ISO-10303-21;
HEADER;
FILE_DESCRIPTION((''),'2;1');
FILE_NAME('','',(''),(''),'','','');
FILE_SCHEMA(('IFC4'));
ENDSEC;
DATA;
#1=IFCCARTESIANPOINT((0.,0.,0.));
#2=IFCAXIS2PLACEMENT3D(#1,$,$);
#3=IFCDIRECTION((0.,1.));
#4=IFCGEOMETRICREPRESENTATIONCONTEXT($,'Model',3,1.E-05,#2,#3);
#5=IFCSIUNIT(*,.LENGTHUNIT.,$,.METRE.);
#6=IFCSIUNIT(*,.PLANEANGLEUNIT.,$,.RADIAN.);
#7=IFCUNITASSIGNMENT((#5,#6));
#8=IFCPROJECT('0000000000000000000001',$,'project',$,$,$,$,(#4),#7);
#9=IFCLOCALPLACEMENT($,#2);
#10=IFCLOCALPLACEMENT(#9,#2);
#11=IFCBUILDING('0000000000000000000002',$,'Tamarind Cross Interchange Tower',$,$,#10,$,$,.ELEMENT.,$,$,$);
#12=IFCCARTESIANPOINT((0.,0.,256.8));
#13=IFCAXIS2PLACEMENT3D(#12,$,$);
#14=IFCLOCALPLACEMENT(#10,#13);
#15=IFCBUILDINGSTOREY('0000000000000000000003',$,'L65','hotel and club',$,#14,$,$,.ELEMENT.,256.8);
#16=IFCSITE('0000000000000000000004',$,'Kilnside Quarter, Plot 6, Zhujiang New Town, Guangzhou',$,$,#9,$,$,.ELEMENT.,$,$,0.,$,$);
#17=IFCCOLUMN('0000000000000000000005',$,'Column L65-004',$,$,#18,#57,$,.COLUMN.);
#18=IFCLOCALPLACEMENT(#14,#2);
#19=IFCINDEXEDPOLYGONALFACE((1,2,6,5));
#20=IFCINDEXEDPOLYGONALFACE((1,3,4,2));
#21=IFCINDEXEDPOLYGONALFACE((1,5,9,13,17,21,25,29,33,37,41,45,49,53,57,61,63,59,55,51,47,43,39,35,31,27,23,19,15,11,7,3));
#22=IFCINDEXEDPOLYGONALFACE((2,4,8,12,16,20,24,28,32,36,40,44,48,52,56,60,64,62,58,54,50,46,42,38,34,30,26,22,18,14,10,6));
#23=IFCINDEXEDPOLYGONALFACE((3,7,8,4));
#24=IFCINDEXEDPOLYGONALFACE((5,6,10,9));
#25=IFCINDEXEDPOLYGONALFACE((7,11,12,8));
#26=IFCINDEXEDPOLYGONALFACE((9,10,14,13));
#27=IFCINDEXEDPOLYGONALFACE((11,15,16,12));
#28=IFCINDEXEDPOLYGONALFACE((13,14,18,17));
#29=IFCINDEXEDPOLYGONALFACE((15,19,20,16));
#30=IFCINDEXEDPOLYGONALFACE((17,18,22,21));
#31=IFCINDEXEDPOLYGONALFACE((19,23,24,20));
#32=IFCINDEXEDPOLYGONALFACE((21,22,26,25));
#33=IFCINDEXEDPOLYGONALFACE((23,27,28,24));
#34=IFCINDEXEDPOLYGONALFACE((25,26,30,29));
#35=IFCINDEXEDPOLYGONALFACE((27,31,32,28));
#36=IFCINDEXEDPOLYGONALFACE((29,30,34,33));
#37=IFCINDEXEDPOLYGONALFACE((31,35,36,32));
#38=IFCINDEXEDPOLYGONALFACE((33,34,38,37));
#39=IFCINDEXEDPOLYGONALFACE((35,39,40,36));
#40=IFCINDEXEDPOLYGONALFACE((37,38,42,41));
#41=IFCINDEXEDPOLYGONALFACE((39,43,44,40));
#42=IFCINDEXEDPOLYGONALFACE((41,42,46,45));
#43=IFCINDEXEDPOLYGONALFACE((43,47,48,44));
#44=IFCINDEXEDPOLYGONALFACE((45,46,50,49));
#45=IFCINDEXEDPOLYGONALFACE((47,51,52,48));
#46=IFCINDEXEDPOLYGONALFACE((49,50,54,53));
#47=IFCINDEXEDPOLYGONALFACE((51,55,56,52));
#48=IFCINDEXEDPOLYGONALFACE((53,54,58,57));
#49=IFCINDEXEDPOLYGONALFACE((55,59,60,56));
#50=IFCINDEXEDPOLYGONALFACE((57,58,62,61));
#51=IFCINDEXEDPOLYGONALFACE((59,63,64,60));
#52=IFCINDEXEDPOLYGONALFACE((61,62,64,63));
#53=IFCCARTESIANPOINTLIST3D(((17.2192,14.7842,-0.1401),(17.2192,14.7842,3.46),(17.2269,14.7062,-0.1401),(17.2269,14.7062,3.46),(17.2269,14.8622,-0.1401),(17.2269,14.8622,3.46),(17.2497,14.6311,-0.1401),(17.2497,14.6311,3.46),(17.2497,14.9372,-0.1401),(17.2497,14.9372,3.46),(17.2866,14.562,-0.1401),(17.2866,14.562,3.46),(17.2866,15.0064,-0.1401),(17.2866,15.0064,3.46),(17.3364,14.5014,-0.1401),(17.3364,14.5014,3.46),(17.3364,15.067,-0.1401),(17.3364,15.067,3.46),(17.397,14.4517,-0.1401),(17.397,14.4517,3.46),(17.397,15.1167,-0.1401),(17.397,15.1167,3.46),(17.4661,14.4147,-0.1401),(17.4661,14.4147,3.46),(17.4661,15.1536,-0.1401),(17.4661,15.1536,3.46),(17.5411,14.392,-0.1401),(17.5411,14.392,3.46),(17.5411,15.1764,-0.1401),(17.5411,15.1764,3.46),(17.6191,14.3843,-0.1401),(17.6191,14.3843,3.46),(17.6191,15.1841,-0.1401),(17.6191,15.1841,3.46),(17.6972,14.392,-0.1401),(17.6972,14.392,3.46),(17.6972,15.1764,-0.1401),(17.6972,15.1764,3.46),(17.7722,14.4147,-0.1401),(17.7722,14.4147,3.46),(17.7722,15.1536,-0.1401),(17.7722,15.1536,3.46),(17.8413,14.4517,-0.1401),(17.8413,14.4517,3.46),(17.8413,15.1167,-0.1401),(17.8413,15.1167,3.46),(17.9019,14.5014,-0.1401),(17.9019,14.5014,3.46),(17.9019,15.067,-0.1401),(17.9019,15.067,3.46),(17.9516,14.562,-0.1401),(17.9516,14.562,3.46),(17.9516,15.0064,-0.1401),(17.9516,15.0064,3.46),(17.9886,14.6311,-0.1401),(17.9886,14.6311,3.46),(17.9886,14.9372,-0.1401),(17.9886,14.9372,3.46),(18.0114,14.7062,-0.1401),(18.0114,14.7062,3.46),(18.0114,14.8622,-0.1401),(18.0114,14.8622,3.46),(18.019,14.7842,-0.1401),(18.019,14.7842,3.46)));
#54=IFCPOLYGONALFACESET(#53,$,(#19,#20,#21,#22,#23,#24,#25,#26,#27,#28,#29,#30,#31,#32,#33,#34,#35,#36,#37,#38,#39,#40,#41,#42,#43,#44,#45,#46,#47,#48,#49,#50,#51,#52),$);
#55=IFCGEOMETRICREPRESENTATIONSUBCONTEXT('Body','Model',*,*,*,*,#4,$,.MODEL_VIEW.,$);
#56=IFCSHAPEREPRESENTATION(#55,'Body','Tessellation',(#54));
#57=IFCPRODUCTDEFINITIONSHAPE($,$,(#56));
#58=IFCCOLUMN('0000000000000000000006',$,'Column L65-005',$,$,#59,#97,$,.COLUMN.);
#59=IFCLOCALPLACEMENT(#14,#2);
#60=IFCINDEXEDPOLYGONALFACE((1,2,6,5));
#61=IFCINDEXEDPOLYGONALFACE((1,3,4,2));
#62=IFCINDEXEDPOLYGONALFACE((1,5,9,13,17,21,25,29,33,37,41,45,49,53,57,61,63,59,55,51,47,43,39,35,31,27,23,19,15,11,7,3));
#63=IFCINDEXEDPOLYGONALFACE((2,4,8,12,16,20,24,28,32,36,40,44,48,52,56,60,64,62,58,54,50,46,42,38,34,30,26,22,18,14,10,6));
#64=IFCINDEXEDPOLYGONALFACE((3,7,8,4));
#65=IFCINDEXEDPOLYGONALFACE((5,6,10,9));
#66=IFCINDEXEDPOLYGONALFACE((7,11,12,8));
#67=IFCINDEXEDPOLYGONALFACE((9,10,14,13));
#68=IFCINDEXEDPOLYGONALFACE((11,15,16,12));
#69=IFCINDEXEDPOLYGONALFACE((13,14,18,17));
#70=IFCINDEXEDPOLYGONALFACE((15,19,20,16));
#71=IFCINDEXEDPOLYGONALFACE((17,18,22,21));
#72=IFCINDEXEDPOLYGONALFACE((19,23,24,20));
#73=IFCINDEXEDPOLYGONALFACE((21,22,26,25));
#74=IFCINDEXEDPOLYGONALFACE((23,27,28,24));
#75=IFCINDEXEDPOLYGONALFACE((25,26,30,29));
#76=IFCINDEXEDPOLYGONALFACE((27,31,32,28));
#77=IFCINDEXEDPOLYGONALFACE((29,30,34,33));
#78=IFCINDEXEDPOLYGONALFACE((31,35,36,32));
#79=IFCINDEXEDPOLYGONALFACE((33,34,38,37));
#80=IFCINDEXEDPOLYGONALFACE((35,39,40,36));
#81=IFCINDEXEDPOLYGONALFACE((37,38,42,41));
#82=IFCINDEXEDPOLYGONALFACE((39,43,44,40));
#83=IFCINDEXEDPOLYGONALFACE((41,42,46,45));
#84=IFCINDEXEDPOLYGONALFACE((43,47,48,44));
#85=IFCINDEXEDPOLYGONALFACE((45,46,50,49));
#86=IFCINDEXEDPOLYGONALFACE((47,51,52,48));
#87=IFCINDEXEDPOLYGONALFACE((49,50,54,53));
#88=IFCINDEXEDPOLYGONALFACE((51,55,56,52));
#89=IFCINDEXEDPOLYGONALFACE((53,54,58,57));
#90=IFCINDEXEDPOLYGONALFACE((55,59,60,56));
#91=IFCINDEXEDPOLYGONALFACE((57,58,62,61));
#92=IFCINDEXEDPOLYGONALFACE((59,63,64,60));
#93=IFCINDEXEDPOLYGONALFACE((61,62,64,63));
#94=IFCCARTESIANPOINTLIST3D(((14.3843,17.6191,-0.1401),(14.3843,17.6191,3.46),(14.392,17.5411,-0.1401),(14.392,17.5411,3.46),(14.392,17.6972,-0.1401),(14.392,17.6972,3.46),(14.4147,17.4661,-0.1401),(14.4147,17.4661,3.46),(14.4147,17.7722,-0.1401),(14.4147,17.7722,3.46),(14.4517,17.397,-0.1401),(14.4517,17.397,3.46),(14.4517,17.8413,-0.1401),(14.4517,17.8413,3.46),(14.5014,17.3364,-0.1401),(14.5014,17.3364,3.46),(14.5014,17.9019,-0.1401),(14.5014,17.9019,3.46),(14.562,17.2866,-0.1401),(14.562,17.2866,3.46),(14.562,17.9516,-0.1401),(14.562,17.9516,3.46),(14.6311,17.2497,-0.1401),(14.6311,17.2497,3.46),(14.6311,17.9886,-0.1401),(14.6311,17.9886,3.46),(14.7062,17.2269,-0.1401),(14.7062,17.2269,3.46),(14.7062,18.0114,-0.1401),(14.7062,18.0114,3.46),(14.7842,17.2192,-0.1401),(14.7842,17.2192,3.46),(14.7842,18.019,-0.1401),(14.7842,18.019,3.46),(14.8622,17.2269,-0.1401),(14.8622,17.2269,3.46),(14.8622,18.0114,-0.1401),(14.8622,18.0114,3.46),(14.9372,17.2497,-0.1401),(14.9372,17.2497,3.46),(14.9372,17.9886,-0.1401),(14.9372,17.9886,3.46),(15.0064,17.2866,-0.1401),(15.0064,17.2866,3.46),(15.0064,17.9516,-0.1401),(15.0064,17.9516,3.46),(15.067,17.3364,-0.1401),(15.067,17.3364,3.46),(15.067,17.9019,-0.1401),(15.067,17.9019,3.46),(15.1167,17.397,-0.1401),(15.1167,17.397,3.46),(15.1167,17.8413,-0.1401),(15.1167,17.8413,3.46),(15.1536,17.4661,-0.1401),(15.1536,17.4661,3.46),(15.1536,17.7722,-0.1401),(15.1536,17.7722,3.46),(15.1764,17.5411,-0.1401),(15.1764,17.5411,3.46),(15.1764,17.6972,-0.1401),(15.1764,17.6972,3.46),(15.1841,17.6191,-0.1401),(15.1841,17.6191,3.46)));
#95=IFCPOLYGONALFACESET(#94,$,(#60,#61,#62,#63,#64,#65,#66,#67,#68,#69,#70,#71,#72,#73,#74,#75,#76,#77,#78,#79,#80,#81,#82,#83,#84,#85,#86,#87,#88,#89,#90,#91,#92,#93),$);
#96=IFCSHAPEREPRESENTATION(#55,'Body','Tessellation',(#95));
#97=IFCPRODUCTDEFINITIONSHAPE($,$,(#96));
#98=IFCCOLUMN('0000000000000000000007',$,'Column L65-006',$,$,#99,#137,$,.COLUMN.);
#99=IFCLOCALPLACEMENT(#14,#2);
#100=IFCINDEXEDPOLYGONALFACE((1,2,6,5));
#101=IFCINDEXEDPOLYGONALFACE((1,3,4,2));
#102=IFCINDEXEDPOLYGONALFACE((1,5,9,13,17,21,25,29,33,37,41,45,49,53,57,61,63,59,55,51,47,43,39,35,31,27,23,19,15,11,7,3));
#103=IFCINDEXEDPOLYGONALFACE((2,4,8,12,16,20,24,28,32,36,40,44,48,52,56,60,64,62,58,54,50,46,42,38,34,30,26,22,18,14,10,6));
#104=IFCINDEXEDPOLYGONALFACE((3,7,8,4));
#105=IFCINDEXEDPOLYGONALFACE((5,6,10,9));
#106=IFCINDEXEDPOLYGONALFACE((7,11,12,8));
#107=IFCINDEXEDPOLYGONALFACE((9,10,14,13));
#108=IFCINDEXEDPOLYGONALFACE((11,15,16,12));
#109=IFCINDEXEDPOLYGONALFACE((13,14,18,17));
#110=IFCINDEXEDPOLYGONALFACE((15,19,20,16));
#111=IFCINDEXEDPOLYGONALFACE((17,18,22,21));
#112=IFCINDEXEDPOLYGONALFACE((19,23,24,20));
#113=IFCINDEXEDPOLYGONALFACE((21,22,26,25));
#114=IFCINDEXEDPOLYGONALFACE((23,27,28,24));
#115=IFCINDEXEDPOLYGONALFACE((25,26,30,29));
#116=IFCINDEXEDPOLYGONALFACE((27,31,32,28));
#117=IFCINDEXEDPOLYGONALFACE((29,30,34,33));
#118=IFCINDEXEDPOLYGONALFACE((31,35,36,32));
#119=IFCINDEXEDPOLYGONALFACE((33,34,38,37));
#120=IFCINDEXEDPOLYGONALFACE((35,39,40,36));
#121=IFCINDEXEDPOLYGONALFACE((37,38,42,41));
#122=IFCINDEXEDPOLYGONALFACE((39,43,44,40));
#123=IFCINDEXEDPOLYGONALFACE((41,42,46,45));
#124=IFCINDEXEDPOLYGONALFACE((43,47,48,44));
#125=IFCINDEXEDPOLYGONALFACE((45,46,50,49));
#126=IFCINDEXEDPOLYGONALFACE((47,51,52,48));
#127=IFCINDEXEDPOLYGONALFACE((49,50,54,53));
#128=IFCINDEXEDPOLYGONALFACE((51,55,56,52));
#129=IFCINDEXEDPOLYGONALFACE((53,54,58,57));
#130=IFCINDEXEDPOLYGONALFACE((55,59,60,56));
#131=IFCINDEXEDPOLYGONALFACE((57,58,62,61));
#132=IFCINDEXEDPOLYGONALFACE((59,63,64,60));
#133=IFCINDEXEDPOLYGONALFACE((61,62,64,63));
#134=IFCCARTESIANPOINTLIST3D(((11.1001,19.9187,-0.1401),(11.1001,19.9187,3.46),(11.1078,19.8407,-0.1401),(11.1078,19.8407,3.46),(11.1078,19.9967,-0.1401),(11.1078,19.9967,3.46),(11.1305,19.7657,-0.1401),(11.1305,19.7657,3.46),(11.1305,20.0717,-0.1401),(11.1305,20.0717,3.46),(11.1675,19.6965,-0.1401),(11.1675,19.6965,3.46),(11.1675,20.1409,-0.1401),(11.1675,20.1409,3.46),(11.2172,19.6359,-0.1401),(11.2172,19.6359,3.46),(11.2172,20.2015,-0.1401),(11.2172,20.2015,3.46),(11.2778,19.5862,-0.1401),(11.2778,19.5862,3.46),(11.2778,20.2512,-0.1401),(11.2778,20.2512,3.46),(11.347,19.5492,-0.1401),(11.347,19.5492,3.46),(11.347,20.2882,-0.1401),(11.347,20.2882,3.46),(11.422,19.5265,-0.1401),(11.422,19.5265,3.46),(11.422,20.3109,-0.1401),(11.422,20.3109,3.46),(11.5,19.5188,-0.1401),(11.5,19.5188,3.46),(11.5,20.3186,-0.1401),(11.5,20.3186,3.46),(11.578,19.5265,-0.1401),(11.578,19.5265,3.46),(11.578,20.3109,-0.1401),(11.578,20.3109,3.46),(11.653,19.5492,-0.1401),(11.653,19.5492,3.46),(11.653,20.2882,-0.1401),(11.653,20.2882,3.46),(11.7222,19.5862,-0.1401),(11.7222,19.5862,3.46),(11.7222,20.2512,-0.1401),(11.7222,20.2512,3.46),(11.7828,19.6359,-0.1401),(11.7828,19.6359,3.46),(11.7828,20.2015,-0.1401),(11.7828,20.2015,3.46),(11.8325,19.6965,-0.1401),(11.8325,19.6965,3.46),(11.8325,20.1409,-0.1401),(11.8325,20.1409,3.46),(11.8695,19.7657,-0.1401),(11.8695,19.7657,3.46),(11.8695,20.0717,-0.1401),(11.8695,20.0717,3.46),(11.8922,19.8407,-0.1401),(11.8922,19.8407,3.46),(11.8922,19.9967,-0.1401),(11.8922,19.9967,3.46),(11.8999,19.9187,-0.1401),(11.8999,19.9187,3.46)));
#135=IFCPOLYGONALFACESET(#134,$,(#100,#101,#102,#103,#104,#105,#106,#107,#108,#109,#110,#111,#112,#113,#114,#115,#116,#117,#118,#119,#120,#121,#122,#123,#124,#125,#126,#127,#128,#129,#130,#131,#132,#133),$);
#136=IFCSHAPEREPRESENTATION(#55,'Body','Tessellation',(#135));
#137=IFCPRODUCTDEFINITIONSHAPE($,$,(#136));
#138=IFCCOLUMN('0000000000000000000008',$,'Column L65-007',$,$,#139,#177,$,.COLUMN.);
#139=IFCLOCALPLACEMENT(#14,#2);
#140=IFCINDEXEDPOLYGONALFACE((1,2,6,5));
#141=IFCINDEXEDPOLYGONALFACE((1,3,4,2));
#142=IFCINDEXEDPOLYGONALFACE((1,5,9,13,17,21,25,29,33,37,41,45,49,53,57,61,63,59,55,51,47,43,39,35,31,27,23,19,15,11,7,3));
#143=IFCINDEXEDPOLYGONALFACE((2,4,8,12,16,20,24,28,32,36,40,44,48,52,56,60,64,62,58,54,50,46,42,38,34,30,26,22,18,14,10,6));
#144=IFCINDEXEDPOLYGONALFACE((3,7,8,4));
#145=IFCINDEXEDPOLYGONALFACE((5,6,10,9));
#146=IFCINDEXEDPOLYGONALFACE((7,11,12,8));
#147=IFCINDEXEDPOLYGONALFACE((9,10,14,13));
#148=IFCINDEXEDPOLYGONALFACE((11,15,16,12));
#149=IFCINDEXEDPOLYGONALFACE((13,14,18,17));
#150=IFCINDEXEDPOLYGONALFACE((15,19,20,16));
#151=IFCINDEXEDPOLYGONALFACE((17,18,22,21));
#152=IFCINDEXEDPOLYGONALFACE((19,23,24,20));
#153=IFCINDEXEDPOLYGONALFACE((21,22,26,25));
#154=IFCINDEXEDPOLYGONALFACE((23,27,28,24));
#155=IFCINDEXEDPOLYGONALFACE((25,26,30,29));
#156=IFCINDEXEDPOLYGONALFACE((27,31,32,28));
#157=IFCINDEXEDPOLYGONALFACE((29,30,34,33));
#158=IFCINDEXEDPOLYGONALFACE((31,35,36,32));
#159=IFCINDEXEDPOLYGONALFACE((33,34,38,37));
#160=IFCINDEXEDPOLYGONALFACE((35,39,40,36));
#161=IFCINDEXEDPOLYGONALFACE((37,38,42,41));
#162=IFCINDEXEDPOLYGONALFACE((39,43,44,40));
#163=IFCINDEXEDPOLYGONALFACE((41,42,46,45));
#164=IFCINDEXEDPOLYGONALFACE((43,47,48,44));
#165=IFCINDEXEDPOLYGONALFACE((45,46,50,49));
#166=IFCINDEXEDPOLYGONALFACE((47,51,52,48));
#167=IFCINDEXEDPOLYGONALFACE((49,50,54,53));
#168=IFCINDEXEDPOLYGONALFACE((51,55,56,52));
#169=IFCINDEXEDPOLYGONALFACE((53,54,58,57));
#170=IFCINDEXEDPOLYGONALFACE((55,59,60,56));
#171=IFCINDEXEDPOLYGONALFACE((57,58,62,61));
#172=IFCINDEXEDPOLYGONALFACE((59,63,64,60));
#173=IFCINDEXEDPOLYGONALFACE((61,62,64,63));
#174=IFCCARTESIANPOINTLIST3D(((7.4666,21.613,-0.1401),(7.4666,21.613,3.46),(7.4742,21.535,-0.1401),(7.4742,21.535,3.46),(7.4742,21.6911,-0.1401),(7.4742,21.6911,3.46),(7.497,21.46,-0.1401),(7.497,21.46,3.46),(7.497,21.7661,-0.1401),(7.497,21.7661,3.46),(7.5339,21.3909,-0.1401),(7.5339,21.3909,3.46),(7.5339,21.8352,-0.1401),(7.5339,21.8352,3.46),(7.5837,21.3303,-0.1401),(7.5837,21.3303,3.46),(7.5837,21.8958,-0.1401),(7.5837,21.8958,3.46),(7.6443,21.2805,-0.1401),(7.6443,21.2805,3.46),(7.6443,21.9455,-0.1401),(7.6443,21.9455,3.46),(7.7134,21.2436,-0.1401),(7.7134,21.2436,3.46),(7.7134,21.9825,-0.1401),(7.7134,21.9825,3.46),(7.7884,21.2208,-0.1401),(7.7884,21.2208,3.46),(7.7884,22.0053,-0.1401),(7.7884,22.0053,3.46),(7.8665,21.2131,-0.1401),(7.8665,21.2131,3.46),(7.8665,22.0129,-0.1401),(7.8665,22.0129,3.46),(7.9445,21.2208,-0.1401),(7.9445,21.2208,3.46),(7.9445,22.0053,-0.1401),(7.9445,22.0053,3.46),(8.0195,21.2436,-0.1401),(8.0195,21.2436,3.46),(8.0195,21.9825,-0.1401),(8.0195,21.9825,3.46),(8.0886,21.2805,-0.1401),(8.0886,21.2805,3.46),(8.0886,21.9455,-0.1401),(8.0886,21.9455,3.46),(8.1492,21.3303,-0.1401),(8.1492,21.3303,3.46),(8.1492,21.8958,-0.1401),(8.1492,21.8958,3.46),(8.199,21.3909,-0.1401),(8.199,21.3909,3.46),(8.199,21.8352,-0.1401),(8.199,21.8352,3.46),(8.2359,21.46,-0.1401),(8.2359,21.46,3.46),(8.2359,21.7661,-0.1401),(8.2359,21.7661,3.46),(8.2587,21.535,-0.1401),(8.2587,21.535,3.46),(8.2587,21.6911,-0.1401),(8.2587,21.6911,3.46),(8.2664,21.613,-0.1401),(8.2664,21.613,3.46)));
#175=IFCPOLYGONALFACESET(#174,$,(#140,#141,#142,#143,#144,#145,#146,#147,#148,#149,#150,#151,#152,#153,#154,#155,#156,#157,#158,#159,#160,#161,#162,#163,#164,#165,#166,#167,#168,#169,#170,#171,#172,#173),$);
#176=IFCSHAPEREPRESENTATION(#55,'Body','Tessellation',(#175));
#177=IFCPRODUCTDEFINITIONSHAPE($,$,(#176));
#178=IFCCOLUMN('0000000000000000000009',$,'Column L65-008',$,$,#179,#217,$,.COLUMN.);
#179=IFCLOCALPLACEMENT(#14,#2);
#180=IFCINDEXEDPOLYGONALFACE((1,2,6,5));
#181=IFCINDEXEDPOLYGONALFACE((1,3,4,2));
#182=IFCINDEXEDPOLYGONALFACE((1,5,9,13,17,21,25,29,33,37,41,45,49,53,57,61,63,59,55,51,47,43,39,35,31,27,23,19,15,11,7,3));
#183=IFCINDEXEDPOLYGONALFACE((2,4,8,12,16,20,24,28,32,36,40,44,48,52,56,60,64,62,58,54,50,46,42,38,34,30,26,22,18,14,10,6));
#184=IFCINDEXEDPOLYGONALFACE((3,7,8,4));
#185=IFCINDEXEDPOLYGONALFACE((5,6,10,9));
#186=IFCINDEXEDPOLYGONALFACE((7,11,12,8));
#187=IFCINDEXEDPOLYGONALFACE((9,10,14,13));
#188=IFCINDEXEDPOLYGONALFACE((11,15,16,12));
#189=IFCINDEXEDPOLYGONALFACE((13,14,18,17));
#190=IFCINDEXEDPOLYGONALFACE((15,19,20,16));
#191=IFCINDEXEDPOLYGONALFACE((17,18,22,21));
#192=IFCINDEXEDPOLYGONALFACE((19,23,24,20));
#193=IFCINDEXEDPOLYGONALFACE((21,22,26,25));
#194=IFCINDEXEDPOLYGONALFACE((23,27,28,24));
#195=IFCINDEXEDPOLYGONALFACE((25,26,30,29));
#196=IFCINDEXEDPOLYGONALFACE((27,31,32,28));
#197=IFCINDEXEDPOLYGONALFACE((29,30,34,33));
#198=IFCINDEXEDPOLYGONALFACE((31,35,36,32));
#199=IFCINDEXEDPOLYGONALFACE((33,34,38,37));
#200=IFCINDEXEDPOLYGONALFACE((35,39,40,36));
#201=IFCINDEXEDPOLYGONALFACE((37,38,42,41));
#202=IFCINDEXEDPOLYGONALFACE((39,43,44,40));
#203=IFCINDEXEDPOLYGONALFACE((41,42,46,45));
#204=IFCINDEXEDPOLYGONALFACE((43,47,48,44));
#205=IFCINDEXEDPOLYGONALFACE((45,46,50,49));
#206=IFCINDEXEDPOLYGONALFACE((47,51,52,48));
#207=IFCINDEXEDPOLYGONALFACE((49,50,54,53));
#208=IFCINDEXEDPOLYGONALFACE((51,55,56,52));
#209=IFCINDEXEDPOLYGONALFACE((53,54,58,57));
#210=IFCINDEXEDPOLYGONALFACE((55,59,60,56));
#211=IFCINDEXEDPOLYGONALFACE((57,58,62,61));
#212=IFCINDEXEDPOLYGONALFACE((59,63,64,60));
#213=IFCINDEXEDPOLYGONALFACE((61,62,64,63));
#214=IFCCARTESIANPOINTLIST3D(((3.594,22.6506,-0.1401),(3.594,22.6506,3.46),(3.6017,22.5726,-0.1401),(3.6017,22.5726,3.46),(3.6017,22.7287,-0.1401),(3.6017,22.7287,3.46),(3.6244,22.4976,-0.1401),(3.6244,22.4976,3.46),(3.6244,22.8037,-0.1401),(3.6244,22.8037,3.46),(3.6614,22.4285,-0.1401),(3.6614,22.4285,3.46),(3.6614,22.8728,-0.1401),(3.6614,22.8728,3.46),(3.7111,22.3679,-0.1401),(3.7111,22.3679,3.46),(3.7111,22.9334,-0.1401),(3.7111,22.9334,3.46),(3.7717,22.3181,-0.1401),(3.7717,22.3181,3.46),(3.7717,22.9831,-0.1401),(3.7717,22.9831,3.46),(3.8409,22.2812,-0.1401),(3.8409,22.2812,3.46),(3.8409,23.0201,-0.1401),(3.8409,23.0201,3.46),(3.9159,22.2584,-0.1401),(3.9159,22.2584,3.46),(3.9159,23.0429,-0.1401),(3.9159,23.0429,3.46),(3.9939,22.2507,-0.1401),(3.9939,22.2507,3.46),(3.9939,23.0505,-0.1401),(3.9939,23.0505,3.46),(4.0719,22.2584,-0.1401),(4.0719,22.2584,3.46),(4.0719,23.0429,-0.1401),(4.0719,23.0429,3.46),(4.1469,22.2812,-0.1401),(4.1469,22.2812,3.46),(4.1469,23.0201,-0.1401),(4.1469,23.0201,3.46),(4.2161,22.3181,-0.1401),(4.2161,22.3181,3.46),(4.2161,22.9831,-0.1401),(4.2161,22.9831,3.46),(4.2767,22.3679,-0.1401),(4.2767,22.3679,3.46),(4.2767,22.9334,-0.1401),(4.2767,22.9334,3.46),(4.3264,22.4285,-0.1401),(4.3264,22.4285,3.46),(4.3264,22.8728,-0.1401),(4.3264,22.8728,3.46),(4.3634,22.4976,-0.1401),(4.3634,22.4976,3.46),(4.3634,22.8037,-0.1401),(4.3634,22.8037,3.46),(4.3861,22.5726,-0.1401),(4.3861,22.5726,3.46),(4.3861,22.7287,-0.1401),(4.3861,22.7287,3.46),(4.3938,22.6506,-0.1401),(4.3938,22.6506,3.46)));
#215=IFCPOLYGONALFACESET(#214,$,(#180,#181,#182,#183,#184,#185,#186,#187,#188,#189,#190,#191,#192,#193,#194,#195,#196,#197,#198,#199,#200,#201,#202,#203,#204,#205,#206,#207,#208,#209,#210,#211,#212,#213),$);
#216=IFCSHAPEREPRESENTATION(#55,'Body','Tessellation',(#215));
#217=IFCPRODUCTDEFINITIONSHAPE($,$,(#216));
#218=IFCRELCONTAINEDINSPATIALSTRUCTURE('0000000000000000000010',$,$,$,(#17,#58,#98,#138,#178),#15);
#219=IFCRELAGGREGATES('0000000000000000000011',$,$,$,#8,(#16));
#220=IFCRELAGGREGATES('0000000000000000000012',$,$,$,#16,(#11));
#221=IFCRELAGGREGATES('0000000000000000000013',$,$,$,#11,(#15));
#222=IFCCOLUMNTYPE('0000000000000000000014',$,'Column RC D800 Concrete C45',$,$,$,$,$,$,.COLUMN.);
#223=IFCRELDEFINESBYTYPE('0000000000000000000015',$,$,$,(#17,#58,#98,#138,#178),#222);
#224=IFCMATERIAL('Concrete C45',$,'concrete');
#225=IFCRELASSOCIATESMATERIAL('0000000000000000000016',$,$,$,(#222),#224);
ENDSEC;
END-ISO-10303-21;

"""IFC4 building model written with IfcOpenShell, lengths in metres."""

from ifc_helpers import new_model, si_unit, direction, frame, origin, origin_2d, place, context, subcontext, project, spatial, circle, extrude, material, material_profile, profile_set, type_object, element, save


model = new_model("IFC4")

# Units and contexts
model_context = context("Model", 3, precision=1e-05, world=origin(), true_north=direction((0.0, 1.0)))
body_context = subcontext(model_context, "Body", "Model", "MODEL_VIEW")
ifc_project = project(units=[si_unit("LENGTHUNIT", "METRE"), si_unit("PLANEANGLEUNIT", "RADIAN")], contexts=[model_context])

# Site, building, storey
site_placement = place(None, origin())
site = spatial("IfcSite", under=ifc_project, at=site_placement, Name="Kilnside Quarter, Plot 6, Zhujiang New Town, Guangzhou", CompositionType="ELEMENT", RefElevation=0.0)
building_placement = place(site_placement, origin())
building = spatial("IfcBuilding", under=site, at=building_placement, Name="Tamarind Cross Interchange Tower", CompositionType="ELEMENT")
storey_placement = place(building_placement, frame((0.0, 0.0, 256.8)))
storey = spatial("IfcBuildingStorey", under=building, at=storey_placement, Name="L65", Description="hotel and club", CompositionType="ELEMENT", Elevation=256.8)

# Columns
ifc_material_1 = material(Name="Concrete C45", Category="concrete")
ifc_material_profile_1 = material_profile(ifc_material_1, circle(Radius=0.3999, at=origin_2d()), Name="RC D800")
ifc_profile_set_1 = profile_set([ifc_material_profile_1], Name="Concrete C45")
column_type = type_object("IfcColumnType", Name="Column RC D800 Concrete C45", PredefinedType="COLUMN", material=ifc_profile_set_1)
for number, where, z_axis, x_axis, name in (
    (1, (17.6191, 14.7842, -0.1401), (0.0, 0.0, 1.0), (1.0, 0.0, 0.0), "Column L65-004"),
    (2, (14.7842, 17.6191, -0.1401), (0.0, 0.0, 1.0), (1.0, 0.0, 0.0), "Column L65-005"),
    (3, (11.5, 19.9187, -0.1401), (0.0, 0.0, 1.0), (1.0, 0.0, 0.0), "Column L65-006"),
    (4, (7.8665, 21.613, -0.1401), (0.0, 0.0, 1.0), (1.0, 0.0, 0.0), "Column L65-007"),
    (5, (3.9939, 22.6506, -0.1401), (0.0, 0.0, 1.0), (1.0, 0.0, 0.0), "Column L65-008"),
):
    element("IfcColumn", number, at=place(storey_placement, frame(where, z_axis=z_axis, x_axis=x_axis)), inside=storey, type_object=column_type, Name=name, PredefinedType="COLUMN", context=body_context, shape_type="SweptSolid", body=[
        extrude(circle(Radius=0.3999, at=origin_2d()), origin(), (0.0, 0.0, 1.0), 3.6001),
    ])

save(model, "model.ifc")
